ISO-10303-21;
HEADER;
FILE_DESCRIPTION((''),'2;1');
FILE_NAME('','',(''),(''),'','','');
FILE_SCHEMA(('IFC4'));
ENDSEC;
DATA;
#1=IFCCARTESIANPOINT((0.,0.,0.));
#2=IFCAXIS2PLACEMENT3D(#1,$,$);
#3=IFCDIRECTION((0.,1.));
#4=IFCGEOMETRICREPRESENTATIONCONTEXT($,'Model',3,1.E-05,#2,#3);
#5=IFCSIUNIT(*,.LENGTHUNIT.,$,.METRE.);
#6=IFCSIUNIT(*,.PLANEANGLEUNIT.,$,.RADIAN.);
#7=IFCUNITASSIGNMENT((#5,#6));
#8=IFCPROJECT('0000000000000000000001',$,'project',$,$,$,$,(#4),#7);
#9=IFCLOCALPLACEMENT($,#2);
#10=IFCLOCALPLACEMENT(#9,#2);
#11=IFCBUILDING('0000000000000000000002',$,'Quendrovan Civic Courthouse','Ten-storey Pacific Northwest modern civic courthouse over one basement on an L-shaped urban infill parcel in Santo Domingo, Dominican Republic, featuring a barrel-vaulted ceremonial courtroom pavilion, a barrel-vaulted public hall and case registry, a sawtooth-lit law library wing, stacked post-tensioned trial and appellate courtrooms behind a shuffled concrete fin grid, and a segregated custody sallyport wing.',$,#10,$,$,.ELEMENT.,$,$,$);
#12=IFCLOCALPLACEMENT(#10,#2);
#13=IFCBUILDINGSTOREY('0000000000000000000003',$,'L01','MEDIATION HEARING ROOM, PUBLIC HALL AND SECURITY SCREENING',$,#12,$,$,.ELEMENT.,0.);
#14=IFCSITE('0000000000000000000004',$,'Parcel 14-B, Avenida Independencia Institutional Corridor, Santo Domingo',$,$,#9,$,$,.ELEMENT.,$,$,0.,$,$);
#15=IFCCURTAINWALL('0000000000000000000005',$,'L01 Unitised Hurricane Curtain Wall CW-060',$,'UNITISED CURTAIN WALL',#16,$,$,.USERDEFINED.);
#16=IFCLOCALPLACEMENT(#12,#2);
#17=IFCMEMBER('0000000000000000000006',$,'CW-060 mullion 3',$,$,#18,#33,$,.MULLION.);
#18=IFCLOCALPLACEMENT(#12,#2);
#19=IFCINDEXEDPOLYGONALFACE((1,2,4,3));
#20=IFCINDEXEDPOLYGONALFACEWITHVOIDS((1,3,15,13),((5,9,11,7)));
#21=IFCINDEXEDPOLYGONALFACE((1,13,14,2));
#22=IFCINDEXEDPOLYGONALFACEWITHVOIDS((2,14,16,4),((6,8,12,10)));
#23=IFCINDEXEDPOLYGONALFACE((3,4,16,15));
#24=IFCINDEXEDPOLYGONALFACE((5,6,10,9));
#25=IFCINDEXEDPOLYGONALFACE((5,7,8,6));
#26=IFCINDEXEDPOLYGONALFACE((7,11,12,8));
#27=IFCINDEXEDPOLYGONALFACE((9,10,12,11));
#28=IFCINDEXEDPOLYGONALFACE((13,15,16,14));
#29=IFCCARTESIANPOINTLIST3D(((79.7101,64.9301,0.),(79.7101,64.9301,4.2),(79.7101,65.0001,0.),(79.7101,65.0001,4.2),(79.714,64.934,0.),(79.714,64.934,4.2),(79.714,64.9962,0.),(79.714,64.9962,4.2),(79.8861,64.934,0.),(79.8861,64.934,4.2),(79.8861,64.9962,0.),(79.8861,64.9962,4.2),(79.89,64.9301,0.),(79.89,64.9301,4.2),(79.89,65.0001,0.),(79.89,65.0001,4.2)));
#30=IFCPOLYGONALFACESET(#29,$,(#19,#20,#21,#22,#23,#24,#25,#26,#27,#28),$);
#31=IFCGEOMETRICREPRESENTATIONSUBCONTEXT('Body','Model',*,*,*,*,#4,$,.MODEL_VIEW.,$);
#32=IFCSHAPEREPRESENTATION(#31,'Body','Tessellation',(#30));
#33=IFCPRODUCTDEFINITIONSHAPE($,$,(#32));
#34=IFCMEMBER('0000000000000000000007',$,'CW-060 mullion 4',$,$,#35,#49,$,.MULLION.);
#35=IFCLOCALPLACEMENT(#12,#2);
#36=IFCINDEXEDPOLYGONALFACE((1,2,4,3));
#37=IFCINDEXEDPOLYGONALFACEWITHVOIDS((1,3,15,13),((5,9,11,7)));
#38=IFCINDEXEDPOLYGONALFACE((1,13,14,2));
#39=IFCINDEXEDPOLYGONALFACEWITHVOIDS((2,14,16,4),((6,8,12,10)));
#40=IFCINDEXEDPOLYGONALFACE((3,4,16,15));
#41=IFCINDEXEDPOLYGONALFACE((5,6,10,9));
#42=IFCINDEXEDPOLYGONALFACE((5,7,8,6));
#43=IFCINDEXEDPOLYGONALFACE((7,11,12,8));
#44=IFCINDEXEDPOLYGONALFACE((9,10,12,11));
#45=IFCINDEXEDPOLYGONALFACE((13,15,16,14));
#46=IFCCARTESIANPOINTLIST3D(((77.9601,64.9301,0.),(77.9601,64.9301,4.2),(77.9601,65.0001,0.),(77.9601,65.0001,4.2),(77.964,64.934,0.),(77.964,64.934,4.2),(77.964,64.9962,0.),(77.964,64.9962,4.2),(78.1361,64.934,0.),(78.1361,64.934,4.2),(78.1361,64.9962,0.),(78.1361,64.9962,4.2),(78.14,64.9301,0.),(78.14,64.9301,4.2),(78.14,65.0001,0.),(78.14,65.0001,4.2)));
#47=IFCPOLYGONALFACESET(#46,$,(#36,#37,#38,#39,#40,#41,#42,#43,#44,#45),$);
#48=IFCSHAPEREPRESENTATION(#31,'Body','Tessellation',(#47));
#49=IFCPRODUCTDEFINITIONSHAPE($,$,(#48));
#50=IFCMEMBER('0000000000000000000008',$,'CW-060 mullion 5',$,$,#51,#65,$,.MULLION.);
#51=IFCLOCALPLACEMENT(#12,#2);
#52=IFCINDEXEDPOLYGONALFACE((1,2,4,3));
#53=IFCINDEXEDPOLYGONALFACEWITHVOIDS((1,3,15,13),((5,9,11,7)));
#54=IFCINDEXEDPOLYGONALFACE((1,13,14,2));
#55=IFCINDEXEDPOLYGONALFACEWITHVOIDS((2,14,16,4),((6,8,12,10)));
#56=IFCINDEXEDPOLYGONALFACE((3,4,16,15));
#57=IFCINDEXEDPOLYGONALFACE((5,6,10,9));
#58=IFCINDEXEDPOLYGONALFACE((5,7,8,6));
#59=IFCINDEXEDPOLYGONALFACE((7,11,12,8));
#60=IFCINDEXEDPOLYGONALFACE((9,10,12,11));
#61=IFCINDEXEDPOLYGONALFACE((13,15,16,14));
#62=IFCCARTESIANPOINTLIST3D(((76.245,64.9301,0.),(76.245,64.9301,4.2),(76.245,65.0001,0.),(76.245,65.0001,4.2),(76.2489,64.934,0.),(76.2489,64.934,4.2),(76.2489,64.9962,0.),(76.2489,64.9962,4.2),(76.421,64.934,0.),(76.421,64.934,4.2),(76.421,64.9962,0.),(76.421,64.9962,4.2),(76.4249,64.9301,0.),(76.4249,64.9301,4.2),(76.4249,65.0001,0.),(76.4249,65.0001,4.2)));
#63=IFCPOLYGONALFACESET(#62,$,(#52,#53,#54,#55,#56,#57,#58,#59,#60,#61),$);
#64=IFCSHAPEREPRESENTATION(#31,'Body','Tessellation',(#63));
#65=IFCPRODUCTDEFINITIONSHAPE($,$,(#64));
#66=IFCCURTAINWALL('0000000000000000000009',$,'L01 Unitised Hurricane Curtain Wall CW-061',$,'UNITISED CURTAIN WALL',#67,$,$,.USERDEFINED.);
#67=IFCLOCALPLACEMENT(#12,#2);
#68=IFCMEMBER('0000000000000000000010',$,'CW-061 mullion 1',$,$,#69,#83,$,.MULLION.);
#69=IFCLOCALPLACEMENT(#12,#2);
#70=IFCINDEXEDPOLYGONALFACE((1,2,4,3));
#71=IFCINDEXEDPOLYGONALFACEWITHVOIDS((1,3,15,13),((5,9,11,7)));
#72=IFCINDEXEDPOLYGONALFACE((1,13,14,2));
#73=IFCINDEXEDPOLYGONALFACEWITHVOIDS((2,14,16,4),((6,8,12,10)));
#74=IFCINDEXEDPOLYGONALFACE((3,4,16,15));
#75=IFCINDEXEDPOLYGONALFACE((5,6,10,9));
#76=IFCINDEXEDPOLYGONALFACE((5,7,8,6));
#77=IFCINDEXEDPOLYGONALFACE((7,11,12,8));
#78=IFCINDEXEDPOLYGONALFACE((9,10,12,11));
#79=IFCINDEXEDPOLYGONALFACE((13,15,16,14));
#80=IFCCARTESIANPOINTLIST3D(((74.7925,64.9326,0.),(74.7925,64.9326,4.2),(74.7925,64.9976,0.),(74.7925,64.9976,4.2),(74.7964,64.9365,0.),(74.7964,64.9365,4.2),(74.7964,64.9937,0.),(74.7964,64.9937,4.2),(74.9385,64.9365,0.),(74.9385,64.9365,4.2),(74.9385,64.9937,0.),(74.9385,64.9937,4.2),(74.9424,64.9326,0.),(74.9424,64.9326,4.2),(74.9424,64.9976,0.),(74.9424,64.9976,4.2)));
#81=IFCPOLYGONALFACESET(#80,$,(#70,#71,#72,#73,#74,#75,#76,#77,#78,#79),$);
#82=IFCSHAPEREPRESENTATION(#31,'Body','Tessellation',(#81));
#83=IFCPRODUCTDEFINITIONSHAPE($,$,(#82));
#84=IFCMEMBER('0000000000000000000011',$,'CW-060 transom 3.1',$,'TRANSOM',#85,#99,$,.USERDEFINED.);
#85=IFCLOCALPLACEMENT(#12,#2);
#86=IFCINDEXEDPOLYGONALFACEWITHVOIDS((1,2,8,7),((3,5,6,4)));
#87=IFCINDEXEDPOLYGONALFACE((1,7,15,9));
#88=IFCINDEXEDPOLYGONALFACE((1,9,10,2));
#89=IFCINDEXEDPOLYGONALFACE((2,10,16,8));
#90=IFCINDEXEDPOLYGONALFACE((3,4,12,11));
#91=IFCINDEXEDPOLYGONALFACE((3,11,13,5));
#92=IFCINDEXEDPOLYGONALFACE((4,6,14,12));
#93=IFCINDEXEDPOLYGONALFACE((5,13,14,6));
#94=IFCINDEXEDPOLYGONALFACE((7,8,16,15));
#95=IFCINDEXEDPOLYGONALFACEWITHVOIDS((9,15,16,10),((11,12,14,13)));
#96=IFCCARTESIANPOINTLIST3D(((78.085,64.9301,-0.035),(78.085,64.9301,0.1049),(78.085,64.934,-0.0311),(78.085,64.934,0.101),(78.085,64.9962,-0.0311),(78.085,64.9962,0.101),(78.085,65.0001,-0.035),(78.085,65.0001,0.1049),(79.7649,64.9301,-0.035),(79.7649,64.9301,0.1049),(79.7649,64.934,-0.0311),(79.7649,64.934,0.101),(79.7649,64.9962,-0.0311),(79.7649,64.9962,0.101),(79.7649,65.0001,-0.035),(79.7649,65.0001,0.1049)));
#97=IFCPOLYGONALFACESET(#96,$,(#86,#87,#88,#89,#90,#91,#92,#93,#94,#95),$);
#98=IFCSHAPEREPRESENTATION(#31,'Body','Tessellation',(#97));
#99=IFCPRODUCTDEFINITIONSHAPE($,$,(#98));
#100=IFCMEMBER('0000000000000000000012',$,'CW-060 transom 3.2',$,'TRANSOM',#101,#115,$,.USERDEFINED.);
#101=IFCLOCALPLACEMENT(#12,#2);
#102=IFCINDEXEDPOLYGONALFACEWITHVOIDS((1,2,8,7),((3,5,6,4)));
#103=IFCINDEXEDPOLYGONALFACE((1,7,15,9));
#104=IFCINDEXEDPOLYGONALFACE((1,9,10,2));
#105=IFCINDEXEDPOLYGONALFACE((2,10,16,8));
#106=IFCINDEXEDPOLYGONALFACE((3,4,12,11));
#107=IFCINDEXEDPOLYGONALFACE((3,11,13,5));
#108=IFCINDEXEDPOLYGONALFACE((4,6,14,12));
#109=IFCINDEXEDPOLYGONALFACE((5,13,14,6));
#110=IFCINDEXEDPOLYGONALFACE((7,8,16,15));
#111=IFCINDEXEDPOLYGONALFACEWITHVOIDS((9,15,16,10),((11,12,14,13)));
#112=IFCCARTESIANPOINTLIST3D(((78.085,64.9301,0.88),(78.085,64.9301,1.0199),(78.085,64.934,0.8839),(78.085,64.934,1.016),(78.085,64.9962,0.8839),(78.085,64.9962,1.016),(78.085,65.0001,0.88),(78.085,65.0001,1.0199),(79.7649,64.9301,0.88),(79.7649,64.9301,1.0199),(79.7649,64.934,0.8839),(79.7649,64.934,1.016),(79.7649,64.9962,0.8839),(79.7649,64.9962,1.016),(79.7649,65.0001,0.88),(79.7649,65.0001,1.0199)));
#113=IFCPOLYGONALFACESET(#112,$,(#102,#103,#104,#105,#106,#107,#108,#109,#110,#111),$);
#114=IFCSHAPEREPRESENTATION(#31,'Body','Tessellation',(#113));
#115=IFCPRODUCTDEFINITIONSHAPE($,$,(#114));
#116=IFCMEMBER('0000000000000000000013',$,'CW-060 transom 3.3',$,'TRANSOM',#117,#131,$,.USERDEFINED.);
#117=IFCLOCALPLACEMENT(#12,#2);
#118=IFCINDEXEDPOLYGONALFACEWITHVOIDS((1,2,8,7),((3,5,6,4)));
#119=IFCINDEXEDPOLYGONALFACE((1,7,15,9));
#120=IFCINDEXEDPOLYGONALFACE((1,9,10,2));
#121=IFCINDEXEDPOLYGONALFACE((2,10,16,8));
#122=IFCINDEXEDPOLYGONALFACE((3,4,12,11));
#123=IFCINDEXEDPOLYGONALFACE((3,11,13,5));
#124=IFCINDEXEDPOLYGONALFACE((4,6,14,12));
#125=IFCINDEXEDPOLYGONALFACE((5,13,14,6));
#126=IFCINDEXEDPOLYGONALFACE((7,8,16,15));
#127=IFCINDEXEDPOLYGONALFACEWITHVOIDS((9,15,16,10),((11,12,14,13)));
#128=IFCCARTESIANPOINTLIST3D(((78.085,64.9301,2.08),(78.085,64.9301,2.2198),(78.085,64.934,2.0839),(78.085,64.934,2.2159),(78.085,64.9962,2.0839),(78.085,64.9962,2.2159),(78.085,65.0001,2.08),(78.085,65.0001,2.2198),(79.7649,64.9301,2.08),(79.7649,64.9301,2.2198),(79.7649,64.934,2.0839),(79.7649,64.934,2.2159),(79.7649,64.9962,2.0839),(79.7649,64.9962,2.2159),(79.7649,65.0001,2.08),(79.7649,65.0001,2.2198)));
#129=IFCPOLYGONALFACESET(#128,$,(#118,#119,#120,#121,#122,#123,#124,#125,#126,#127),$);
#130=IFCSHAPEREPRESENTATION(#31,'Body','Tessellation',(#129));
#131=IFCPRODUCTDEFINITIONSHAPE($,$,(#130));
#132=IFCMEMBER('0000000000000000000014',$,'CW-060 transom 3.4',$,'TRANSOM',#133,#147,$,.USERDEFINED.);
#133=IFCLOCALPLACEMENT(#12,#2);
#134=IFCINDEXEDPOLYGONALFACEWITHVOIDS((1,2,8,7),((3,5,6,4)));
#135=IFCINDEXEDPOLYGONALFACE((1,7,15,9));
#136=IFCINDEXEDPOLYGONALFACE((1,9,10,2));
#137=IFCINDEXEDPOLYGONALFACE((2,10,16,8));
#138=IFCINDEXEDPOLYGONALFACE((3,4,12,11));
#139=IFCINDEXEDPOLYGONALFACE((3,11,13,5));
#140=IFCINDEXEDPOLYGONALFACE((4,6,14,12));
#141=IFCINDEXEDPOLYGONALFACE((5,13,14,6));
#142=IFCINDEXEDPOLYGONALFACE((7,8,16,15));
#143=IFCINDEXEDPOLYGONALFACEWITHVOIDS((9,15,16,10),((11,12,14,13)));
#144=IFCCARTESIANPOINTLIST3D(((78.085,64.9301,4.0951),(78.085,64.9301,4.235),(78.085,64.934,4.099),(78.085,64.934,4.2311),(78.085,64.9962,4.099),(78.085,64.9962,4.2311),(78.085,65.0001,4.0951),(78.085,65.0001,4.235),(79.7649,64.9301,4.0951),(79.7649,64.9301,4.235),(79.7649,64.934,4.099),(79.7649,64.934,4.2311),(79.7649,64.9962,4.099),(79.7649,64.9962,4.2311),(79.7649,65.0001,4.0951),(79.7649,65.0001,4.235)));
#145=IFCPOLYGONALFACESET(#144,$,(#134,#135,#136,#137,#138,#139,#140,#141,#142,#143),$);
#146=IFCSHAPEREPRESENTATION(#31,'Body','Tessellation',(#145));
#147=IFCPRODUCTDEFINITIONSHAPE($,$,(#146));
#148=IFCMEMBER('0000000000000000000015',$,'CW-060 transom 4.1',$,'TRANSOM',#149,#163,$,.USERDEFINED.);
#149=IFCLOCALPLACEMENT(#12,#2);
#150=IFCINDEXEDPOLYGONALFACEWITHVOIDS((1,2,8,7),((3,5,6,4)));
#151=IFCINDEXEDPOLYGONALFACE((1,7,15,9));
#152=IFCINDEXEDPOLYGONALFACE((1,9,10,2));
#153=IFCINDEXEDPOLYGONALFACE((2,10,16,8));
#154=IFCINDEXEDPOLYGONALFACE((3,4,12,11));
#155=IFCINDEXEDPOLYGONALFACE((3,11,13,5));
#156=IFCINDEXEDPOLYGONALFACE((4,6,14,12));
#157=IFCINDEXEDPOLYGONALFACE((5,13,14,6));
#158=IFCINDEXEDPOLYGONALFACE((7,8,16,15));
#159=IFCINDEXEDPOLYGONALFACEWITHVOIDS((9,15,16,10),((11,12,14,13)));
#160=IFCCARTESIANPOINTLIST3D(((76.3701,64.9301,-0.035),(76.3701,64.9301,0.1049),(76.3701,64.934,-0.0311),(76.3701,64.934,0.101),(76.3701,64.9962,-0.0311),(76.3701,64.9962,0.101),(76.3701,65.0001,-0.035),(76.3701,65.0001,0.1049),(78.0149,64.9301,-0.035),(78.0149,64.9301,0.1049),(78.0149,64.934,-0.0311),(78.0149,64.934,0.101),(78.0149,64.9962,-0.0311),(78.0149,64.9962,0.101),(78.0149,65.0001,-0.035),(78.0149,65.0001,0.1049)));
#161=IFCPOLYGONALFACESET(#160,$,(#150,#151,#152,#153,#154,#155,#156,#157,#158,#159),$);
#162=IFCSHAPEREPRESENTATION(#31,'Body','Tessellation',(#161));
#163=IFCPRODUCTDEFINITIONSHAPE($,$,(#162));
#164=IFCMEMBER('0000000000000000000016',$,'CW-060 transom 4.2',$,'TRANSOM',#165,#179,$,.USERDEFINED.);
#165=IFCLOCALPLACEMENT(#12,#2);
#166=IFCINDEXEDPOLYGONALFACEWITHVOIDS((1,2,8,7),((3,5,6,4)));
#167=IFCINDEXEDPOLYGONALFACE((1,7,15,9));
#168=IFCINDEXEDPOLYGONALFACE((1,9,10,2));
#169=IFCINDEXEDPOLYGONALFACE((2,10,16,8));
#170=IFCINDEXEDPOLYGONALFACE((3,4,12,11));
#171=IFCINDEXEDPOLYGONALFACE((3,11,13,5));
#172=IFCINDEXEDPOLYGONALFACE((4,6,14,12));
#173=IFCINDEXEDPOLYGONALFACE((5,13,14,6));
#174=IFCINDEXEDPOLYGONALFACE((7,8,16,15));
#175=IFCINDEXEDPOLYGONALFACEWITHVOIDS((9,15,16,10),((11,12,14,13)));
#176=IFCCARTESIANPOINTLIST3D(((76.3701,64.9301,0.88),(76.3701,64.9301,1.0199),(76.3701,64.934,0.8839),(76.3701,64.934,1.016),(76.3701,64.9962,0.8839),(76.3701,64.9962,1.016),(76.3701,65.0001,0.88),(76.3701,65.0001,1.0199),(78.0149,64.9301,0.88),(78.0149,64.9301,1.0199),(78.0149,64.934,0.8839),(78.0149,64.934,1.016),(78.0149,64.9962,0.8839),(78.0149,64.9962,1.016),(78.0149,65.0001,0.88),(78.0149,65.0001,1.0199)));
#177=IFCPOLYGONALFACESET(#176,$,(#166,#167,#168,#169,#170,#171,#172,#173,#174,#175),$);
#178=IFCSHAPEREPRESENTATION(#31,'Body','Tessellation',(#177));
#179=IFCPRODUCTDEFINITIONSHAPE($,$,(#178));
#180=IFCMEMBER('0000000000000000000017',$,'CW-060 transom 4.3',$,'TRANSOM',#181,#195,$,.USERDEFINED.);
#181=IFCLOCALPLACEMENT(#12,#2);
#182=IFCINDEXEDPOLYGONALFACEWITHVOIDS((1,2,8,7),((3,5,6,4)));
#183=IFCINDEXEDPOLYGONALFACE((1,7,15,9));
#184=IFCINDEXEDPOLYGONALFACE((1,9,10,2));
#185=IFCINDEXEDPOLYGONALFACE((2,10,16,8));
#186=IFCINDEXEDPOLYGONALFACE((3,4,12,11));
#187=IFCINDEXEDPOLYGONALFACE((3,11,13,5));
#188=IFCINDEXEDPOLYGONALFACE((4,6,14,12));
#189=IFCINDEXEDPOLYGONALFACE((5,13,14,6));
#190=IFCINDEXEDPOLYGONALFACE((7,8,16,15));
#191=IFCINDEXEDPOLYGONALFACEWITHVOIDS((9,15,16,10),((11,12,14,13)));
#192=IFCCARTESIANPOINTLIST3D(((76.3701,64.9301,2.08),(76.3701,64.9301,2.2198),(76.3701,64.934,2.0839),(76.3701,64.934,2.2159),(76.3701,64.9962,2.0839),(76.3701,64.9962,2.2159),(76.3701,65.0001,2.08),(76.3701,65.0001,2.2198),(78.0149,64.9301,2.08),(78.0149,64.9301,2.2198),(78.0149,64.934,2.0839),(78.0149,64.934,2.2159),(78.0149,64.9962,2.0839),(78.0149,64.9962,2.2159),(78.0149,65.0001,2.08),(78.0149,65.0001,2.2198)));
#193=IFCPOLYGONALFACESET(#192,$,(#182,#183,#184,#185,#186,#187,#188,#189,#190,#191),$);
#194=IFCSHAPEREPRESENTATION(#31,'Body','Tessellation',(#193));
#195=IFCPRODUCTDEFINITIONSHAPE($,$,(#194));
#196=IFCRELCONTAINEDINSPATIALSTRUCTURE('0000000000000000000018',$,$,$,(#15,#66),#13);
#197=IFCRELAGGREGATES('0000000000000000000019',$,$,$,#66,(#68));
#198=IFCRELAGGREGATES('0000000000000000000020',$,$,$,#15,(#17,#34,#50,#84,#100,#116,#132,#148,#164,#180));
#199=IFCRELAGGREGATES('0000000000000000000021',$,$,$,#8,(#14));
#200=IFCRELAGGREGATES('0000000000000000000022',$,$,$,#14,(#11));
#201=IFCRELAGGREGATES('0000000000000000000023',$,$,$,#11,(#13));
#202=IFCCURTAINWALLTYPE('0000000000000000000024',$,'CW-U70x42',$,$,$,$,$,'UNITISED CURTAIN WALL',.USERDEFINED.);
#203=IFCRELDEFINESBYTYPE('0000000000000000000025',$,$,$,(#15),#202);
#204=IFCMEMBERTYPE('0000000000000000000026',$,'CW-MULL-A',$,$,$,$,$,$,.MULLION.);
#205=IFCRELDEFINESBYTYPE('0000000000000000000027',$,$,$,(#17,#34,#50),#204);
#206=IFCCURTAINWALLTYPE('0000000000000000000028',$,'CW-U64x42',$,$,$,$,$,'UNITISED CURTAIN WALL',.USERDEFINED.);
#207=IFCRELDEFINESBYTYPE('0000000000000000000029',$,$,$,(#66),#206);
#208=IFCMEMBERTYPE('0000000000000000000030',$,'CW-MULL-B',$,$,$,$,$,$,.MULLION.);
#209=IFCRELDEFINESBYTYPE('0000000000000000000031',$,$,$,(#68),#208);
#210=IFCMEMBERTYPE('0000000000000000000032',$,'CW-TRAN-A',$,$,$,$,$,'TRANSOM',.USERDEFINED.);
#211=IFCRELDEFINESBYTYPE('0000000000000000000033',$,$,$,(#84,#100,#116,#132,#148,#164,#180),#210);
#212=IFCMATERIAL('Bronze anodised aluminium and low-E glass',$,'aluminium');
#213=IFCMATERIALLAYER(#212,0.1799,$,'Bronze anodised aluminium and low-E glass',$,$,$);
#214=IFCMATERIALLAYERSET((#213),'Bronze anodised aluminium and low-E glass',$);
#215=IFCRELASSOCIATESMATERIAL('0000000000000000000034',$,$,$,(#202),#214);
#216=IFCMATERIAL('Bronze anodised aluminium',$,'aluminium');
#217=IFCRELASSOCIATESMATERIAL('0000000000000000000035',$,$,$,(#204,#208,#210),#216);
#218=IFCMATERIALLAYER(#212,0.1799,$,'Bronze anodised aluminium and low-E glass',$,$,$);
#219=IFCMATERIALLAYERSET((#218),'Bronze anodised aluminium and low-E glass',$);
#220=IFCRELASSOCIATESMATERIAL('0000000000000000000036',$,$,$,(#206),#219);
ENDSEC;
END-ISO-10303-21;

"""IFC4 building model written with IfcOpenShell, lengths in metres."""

from ifc_helpers import new_model, si_unit, direction, frame, origin, origin_2d, place, context, subcontext, project, spatial, hollow_rectangle, extrude, material, layer, layer_set, material_profile, profile_set, type_object, element, aggregate, save


model = new_model("IFC4")

# Units and contexts
model_context = context("Model", 3, precision=1e-05, world=origin(), true_north=direction((0.0, 1.0)))
body_context = subcontext(model_context, "Body", "Model", "MODEL_VIEW")
ifc_project = project(units=[si_unit("LENGTHUNIT", "METRE"), si_unit("PLANEANGLEUNIT", "RADIAN")], contexts=[model_context])

# Site, building, storey
site_placement = place(None, origin())
site = spatial("IfcSite", under=ifc_project, at=site_placement, Name="Parcel 14-B, Avenida Independencia Institutional Corridor, Santo Domingo", CompositionType="ELEMENT", RefElevation=0.0)
building_placement = place(site_placement, origin())
building = spatial("IfcBuilding", under=site, at=building_placement, Name="Quendrovan Civic Courthouse", Description="Ten-storey Pacific Northwest modern civic courthouse over one basement on an L-shaped urban infill parcel in Santo Domingo, Dominican Republic, featuring a barrel-vaulted ceremonial courtroom pavilion, a barrel-vaulted public hall and case registry, a sawtooth-lit law library wing, stacked post-tensioned trial and appellate courtrooms behind a shuffled concrete fin grid, and a segregated custody sallyport wing.", CompositionType="ELEMENT")
storey_placement = place(building_placement, origin())
storey = spatial("IfcBuildingStorey", under=building, at=storey_placement, Name="L01", Description="MEDIATION HEARING ROOM, PUBLIC HALL AND SECURITY SCREENING", CompositionType="ELEMENT", Elevation=0.0)

# Curtain wall, members
ifc_material_1 = material(Name="Bronze anodised aluminium and low-E glass", Category="aluminium")
ifc_layer_1 = layer(ifc_material_1, 0.1799, Name="Bronze anodised aluminium and low-E glass")
ifc_layer_set_1 = layer_set([ifc_layer_1], Name="Bronze anodised aluminium and low-E glass")
curtain_wall_type_1 = type_object("IfcCurtainWallType", Name="CW-U70x42", ElementType="UNITISED CURTAIN WALL", PredefinedType="USERDEFINED", material=ifc_layer_set_1)
curtain_wall_1_placement = place(storey_placement, origin())
curtain_wall_1 = element("IfcCurtainWall", 1, at=curtain_wall_1_placement, inside=storey, type_object=curtain_wall_type_1, Name="L01 Unitised Hurricane Curtain Wall CW-060", ObjectType="UNITISED CURTAIN WALL", PredefinedType="USERDEFINED")
ifc_material_2 = material(Name="Bronze anodised aluminium", Category="aluminium")
ifc_material_profile_1 = material_profile(ifc_material_2, hollow_rectangle(XDim=0.0701, YDim=0.1799, WallThickness=0.0039, at=origin_2d()), Name="CW-MULL-70x180")
ifc_profile_set_1 = profile_set([ifc_material_profile_1], Name="Bronze anodised aluminium")
member_type_1 = type_object("IfcMemberType", Name="CW-MULL-A", PredefinedType="MULLION", material=ifc_profile_set_1)
member_1_placement = place(storey_placement, frame((79.8, 64.9651, 0.0), z_axis=(0.0, 0.0, 1.0), x_axis=(0.0, -1.0, 0.0)))
member_1 = element("IfcMember", 2, at=member_1_placement, type_object=member_type_1, Name="CW-060 mullion 3", PredefinedType="MULLION", context=body_context, shape_type="SweptSolid", body=[
    extrude(hollow_rectangle(XDim=0.0701, YDim=0.1799, WallThickness=0.0039, at=origin_2d()), origin(), (0.0, 0.0, 1.0), 4.2),
])
member_2_placement = place(storey_placement, frame((78.05, 64.9651, 0.0), z_axis=(0.0, 0.0, 1.0), x_axis=(0.0, -1.0, 0.0)))
member_2 = element("IfcMember", 3, at=member_2_placement, type_object=member_type_1, Name="CW-060 mullion 4", PredefinedType="MULLION", context=body_context, shape_type="SweptSolid", body=[
    extrude(hollow_rectangle(XDim=0.0701, YDim=0.1799, WallThickness=0.0039, at=origin_2d()), origin(), (0.0, 0.0, 1.0), 4.2),
])
member_3_placement = place(storey_placement, frame((76.335, 64.9651, 0.0), z_axis=(0.0, 0.0, 1.0), x_axis=(0.0, -1.0, 0.0)))
member_3 = element("IfcMember", 4, at=member_3_placement, type_object=member_type_1, Name="CW-060 mullion 5", PredefinedType="MULLION", context=body_context, shape_type="SweptSolid", body=[
    extrude(hollow_rectangle(XDim=0.0701, YDim=0.1799, WallThickness=0.0039, at=origin_2d()), origin(), (0.0, 0.0, 1.0), 4.2),
])

# Curtain wall, member
ifc_layer_2 = layer(ifc_material_1, 0.1799, Name="Bronze anodised aluminium and low-E glass")
ifc_layer_set_2 = layer_set([ifc_layer_2], Name="Bronze anodised aluminium and low-E glass")
curtain_wall_type_2 = type_object("IfcCurtainWallType", Name="CW-U64x42", ElementType="UNITISED CURTAIN WALL", PredefinedType="USERDEFINED", material=ifc_layer_set_2)
curtain_wall_2_placement = place(storey_placement, origin())
curtain_wall_2 = element("IfcCurtainWall", 5, at=curtain_wall_2_placement, inside=storey, type_object=curtain_wall_type_2, Name="L01 Unitised Hurricane Curtain Wall CW-061", ObjectType="UNITISED CURTAIN WALL", PredefinedType="USERDEFINED")
ifc_material_profile_2 = material_profile(ifc_material_2, hollow_rectangle(XDim=0.0649, YDim=0.1499, WallThickness=0.0039, at=origin_2d()), Name="CW-MULL-65x150")
ifc_profile_set_2 = profile_set([ifc_material_profile_2], Name="Bronze anodised aluminium")
member_type_2 = type_object("IfcMemberType", Name="CW-MULL-B", PredefinedType="MULLION", material=ifc_profile_set_2)
member_4_placement = place(storey_placement, frame((74.8674, 64.9651, 0.0), z_axis=(0.0, 0.0, 1.0), x_axis=(0.0, -1.0, 0.0)))
member_4 = element("IfcMember", 6, at=member_4_placement, type_object=member_type_2, Name="CW-061 mullion 1", PredefinedType="MULLION", context=body_context, shape_type="SweptSolid", body=[
    extrude(hollow_rectangle(XDim=0.0649, YDim=0.1499, WallThickness=0.0039, at=origin_2d()), origin(), (0.0, 0.0, 1.0), 4.2),
])

# Members
ifc_material_profile_3 = material_profile(ifc_material_2, hollow_rectangle(XDim=0.0701, YDim=0.1399, WallThickness=0.0039, at=origin_2d()), Name="CW-TRAN-70x140")
ifc_profile_set_3 = profile_set([ifc_material_profile_3], Name="Bronze anodised aluminium")
member_type_3 = type_object("IfcMemberType", Name="CW-TRAN-A", ElementType="TRANSOM", PredefinedType="USERDEFINED", material=ifc_profile_set_3)
member_5_placement = place(storey_placement, frame((79.7649, 64.9651, 0.0349), z_axis=(-1.0, 0.0, 0.0), x_axis=(0.0, -1.0, 0.0)))
member_5 = element("IfcMember", 7, at=member_5_placement, type_object=member_type_3, Name="CW-060 transom 3.1", ObjectType="TRANSOM", PredefinedType="USERDEFINED", context=body_context, shape_type="SweptSolid", body=[
    extrude(hollow_rectangle(XDim=0.0701, YDim=0.1399, WallThickness=0.0039, at=origin_2d()), origin(), (0.0, 0.0, 1.0), 1.6799),
])
member_6_placement = place(storey_placement, frame((79.7649, 64.9651, 0.95), z_axis=(-1.0, 0.0, 0.0), x_axis=(0.0, -1.0, 0.0)))
member_6 = element("IfcMember", 8, at=member_6_placement, type_object=member_type_3, Name="CW-060 transom 3.2", ObjectType="TRANSOM", PredefinedType="USERDEFINED", context=body_context, shape_type="SweptSolid", body=[
    extrude(hollow_rectangle(XDim=0.0701, YDim=0.1399, WallThickness=0.0039, at=origin_2d()), origin(), (0.0, 0.0, 1.0), 1.6799),
])
member_7_placement = place(storey_placement, frame((79.7649, 64.9651, 2.1499), z_axis=(-1.0, 0.0, 0.0), x_axis=(0.0, -1.0, 0.0)))
member_7 = element("IfcMember", 9, at=member_7_placement, type_object=member_type_3, Name="CW-060 transom 3.3", ObjectType="TRANSOM", PredefinedType="USERDEFINED", context=body_context, shape_type="SweptSolid", body=[
    extrude(hollow_rectangle(XDim=0.0701, YDim=0.1399, WallThickness=0.0039, at=origin_2d()), origin(), (0.0, 0.0, 1.0), 1.6799),
])
member_8_placement = place(storey_placement, frame((79.7649, 64.9651, 4.165), z_axis=(-1.0, 0.0, 0.0), x_axis=(0.0, -1.0, 0.0)))
member_8 = element("IfcMember", 10, at=member_8_placement, type_object=member_type_3, Name="CW-060 transom 3.4", ObjectType="TRANSOM", PredefinedType="USERDEFINED", context=body_context, shape_type="SweptSolid", body=[
    extrude(hollow_rectangle(XDim=0.0701, YDim=0.1399, WallThickness=0.0039, at=origin_2d()), origin(), (0.0, 0.0, 1.0), 1.6799),
])
member_9_placement = place(storey_placement, frame((78.0149, 64.9651, 0.0349), z_axis=(-1.0, 0.0, 0.0), x_axis=(0.0, -1.0, 0.0)))
member_9 = element("IfcMember", 11, at=member_9_placement, type_object=member_type_3, Name="CW-060 transom 4.1", ObjectType="TRANSOM", PredefinedType="USERDEFINED", context=body_context, shape_type="SweptSolid", body=[
    extrude(hollow_rectangle(XDim=0.0701, YDim=0.1399, WallThickness=0.0039, at=origin_2d()), origin(), (0.0, 0.0, 1.0), 1.6448),
])
member_10_placement = place(storey_placement, frame((78.0149, 64.9651, 0.95), z_axis=(-1.0, 0.0, 0.0), x_axis=(0.0, -1.0, 0.0)))
member_10 = element("IfcMember", 12, at=member_10_placement, type_object=member_type_3, Name="CW-060 transom 4.2", ObjectType="TRANSOM", PredefinedType="USERDEFINED", context=body_context, shape_type="SweptSolid", body=[
    extrude(hollow_rectangle(XDim=0.0701, YDim=0.1399, WallThickness=0.0039, at=origin_2d()), origin(), (0.0, 0.0, 1.0), 1.6448),
])
member_11_placement = place(storey_placement, frame((78.0149, 64.9651, 2.1499), z_axis=(-1.0, 0.0, 0.0), x_axis=(0.0, -1.0, 0.0)))
member_11 = element("IfcMember", 13, at=member_11_placement, type_object=member_type_3, Name="CW-060 transom 4.3", ObjectType="TRANSOM", PredefinedType="USERDEFINED", context=body_context, shape_type="SweptSolid", body=[
    extrude(hollow_rectangle(XDim=0.0701, YDim=0.1399, WallThickness=0.0039, at=origin_2d()), origin(), (0.0, 0.0, 1.0), 1.6448),
])
aggregate(curtain_wall_2, [member_4])

aggregate(curtain_wall_1, [member_1, member_2, member_3, member_5, member_6, member_7, member_8, member_9, member_10, member_11])

save(model, "model.ifc")
